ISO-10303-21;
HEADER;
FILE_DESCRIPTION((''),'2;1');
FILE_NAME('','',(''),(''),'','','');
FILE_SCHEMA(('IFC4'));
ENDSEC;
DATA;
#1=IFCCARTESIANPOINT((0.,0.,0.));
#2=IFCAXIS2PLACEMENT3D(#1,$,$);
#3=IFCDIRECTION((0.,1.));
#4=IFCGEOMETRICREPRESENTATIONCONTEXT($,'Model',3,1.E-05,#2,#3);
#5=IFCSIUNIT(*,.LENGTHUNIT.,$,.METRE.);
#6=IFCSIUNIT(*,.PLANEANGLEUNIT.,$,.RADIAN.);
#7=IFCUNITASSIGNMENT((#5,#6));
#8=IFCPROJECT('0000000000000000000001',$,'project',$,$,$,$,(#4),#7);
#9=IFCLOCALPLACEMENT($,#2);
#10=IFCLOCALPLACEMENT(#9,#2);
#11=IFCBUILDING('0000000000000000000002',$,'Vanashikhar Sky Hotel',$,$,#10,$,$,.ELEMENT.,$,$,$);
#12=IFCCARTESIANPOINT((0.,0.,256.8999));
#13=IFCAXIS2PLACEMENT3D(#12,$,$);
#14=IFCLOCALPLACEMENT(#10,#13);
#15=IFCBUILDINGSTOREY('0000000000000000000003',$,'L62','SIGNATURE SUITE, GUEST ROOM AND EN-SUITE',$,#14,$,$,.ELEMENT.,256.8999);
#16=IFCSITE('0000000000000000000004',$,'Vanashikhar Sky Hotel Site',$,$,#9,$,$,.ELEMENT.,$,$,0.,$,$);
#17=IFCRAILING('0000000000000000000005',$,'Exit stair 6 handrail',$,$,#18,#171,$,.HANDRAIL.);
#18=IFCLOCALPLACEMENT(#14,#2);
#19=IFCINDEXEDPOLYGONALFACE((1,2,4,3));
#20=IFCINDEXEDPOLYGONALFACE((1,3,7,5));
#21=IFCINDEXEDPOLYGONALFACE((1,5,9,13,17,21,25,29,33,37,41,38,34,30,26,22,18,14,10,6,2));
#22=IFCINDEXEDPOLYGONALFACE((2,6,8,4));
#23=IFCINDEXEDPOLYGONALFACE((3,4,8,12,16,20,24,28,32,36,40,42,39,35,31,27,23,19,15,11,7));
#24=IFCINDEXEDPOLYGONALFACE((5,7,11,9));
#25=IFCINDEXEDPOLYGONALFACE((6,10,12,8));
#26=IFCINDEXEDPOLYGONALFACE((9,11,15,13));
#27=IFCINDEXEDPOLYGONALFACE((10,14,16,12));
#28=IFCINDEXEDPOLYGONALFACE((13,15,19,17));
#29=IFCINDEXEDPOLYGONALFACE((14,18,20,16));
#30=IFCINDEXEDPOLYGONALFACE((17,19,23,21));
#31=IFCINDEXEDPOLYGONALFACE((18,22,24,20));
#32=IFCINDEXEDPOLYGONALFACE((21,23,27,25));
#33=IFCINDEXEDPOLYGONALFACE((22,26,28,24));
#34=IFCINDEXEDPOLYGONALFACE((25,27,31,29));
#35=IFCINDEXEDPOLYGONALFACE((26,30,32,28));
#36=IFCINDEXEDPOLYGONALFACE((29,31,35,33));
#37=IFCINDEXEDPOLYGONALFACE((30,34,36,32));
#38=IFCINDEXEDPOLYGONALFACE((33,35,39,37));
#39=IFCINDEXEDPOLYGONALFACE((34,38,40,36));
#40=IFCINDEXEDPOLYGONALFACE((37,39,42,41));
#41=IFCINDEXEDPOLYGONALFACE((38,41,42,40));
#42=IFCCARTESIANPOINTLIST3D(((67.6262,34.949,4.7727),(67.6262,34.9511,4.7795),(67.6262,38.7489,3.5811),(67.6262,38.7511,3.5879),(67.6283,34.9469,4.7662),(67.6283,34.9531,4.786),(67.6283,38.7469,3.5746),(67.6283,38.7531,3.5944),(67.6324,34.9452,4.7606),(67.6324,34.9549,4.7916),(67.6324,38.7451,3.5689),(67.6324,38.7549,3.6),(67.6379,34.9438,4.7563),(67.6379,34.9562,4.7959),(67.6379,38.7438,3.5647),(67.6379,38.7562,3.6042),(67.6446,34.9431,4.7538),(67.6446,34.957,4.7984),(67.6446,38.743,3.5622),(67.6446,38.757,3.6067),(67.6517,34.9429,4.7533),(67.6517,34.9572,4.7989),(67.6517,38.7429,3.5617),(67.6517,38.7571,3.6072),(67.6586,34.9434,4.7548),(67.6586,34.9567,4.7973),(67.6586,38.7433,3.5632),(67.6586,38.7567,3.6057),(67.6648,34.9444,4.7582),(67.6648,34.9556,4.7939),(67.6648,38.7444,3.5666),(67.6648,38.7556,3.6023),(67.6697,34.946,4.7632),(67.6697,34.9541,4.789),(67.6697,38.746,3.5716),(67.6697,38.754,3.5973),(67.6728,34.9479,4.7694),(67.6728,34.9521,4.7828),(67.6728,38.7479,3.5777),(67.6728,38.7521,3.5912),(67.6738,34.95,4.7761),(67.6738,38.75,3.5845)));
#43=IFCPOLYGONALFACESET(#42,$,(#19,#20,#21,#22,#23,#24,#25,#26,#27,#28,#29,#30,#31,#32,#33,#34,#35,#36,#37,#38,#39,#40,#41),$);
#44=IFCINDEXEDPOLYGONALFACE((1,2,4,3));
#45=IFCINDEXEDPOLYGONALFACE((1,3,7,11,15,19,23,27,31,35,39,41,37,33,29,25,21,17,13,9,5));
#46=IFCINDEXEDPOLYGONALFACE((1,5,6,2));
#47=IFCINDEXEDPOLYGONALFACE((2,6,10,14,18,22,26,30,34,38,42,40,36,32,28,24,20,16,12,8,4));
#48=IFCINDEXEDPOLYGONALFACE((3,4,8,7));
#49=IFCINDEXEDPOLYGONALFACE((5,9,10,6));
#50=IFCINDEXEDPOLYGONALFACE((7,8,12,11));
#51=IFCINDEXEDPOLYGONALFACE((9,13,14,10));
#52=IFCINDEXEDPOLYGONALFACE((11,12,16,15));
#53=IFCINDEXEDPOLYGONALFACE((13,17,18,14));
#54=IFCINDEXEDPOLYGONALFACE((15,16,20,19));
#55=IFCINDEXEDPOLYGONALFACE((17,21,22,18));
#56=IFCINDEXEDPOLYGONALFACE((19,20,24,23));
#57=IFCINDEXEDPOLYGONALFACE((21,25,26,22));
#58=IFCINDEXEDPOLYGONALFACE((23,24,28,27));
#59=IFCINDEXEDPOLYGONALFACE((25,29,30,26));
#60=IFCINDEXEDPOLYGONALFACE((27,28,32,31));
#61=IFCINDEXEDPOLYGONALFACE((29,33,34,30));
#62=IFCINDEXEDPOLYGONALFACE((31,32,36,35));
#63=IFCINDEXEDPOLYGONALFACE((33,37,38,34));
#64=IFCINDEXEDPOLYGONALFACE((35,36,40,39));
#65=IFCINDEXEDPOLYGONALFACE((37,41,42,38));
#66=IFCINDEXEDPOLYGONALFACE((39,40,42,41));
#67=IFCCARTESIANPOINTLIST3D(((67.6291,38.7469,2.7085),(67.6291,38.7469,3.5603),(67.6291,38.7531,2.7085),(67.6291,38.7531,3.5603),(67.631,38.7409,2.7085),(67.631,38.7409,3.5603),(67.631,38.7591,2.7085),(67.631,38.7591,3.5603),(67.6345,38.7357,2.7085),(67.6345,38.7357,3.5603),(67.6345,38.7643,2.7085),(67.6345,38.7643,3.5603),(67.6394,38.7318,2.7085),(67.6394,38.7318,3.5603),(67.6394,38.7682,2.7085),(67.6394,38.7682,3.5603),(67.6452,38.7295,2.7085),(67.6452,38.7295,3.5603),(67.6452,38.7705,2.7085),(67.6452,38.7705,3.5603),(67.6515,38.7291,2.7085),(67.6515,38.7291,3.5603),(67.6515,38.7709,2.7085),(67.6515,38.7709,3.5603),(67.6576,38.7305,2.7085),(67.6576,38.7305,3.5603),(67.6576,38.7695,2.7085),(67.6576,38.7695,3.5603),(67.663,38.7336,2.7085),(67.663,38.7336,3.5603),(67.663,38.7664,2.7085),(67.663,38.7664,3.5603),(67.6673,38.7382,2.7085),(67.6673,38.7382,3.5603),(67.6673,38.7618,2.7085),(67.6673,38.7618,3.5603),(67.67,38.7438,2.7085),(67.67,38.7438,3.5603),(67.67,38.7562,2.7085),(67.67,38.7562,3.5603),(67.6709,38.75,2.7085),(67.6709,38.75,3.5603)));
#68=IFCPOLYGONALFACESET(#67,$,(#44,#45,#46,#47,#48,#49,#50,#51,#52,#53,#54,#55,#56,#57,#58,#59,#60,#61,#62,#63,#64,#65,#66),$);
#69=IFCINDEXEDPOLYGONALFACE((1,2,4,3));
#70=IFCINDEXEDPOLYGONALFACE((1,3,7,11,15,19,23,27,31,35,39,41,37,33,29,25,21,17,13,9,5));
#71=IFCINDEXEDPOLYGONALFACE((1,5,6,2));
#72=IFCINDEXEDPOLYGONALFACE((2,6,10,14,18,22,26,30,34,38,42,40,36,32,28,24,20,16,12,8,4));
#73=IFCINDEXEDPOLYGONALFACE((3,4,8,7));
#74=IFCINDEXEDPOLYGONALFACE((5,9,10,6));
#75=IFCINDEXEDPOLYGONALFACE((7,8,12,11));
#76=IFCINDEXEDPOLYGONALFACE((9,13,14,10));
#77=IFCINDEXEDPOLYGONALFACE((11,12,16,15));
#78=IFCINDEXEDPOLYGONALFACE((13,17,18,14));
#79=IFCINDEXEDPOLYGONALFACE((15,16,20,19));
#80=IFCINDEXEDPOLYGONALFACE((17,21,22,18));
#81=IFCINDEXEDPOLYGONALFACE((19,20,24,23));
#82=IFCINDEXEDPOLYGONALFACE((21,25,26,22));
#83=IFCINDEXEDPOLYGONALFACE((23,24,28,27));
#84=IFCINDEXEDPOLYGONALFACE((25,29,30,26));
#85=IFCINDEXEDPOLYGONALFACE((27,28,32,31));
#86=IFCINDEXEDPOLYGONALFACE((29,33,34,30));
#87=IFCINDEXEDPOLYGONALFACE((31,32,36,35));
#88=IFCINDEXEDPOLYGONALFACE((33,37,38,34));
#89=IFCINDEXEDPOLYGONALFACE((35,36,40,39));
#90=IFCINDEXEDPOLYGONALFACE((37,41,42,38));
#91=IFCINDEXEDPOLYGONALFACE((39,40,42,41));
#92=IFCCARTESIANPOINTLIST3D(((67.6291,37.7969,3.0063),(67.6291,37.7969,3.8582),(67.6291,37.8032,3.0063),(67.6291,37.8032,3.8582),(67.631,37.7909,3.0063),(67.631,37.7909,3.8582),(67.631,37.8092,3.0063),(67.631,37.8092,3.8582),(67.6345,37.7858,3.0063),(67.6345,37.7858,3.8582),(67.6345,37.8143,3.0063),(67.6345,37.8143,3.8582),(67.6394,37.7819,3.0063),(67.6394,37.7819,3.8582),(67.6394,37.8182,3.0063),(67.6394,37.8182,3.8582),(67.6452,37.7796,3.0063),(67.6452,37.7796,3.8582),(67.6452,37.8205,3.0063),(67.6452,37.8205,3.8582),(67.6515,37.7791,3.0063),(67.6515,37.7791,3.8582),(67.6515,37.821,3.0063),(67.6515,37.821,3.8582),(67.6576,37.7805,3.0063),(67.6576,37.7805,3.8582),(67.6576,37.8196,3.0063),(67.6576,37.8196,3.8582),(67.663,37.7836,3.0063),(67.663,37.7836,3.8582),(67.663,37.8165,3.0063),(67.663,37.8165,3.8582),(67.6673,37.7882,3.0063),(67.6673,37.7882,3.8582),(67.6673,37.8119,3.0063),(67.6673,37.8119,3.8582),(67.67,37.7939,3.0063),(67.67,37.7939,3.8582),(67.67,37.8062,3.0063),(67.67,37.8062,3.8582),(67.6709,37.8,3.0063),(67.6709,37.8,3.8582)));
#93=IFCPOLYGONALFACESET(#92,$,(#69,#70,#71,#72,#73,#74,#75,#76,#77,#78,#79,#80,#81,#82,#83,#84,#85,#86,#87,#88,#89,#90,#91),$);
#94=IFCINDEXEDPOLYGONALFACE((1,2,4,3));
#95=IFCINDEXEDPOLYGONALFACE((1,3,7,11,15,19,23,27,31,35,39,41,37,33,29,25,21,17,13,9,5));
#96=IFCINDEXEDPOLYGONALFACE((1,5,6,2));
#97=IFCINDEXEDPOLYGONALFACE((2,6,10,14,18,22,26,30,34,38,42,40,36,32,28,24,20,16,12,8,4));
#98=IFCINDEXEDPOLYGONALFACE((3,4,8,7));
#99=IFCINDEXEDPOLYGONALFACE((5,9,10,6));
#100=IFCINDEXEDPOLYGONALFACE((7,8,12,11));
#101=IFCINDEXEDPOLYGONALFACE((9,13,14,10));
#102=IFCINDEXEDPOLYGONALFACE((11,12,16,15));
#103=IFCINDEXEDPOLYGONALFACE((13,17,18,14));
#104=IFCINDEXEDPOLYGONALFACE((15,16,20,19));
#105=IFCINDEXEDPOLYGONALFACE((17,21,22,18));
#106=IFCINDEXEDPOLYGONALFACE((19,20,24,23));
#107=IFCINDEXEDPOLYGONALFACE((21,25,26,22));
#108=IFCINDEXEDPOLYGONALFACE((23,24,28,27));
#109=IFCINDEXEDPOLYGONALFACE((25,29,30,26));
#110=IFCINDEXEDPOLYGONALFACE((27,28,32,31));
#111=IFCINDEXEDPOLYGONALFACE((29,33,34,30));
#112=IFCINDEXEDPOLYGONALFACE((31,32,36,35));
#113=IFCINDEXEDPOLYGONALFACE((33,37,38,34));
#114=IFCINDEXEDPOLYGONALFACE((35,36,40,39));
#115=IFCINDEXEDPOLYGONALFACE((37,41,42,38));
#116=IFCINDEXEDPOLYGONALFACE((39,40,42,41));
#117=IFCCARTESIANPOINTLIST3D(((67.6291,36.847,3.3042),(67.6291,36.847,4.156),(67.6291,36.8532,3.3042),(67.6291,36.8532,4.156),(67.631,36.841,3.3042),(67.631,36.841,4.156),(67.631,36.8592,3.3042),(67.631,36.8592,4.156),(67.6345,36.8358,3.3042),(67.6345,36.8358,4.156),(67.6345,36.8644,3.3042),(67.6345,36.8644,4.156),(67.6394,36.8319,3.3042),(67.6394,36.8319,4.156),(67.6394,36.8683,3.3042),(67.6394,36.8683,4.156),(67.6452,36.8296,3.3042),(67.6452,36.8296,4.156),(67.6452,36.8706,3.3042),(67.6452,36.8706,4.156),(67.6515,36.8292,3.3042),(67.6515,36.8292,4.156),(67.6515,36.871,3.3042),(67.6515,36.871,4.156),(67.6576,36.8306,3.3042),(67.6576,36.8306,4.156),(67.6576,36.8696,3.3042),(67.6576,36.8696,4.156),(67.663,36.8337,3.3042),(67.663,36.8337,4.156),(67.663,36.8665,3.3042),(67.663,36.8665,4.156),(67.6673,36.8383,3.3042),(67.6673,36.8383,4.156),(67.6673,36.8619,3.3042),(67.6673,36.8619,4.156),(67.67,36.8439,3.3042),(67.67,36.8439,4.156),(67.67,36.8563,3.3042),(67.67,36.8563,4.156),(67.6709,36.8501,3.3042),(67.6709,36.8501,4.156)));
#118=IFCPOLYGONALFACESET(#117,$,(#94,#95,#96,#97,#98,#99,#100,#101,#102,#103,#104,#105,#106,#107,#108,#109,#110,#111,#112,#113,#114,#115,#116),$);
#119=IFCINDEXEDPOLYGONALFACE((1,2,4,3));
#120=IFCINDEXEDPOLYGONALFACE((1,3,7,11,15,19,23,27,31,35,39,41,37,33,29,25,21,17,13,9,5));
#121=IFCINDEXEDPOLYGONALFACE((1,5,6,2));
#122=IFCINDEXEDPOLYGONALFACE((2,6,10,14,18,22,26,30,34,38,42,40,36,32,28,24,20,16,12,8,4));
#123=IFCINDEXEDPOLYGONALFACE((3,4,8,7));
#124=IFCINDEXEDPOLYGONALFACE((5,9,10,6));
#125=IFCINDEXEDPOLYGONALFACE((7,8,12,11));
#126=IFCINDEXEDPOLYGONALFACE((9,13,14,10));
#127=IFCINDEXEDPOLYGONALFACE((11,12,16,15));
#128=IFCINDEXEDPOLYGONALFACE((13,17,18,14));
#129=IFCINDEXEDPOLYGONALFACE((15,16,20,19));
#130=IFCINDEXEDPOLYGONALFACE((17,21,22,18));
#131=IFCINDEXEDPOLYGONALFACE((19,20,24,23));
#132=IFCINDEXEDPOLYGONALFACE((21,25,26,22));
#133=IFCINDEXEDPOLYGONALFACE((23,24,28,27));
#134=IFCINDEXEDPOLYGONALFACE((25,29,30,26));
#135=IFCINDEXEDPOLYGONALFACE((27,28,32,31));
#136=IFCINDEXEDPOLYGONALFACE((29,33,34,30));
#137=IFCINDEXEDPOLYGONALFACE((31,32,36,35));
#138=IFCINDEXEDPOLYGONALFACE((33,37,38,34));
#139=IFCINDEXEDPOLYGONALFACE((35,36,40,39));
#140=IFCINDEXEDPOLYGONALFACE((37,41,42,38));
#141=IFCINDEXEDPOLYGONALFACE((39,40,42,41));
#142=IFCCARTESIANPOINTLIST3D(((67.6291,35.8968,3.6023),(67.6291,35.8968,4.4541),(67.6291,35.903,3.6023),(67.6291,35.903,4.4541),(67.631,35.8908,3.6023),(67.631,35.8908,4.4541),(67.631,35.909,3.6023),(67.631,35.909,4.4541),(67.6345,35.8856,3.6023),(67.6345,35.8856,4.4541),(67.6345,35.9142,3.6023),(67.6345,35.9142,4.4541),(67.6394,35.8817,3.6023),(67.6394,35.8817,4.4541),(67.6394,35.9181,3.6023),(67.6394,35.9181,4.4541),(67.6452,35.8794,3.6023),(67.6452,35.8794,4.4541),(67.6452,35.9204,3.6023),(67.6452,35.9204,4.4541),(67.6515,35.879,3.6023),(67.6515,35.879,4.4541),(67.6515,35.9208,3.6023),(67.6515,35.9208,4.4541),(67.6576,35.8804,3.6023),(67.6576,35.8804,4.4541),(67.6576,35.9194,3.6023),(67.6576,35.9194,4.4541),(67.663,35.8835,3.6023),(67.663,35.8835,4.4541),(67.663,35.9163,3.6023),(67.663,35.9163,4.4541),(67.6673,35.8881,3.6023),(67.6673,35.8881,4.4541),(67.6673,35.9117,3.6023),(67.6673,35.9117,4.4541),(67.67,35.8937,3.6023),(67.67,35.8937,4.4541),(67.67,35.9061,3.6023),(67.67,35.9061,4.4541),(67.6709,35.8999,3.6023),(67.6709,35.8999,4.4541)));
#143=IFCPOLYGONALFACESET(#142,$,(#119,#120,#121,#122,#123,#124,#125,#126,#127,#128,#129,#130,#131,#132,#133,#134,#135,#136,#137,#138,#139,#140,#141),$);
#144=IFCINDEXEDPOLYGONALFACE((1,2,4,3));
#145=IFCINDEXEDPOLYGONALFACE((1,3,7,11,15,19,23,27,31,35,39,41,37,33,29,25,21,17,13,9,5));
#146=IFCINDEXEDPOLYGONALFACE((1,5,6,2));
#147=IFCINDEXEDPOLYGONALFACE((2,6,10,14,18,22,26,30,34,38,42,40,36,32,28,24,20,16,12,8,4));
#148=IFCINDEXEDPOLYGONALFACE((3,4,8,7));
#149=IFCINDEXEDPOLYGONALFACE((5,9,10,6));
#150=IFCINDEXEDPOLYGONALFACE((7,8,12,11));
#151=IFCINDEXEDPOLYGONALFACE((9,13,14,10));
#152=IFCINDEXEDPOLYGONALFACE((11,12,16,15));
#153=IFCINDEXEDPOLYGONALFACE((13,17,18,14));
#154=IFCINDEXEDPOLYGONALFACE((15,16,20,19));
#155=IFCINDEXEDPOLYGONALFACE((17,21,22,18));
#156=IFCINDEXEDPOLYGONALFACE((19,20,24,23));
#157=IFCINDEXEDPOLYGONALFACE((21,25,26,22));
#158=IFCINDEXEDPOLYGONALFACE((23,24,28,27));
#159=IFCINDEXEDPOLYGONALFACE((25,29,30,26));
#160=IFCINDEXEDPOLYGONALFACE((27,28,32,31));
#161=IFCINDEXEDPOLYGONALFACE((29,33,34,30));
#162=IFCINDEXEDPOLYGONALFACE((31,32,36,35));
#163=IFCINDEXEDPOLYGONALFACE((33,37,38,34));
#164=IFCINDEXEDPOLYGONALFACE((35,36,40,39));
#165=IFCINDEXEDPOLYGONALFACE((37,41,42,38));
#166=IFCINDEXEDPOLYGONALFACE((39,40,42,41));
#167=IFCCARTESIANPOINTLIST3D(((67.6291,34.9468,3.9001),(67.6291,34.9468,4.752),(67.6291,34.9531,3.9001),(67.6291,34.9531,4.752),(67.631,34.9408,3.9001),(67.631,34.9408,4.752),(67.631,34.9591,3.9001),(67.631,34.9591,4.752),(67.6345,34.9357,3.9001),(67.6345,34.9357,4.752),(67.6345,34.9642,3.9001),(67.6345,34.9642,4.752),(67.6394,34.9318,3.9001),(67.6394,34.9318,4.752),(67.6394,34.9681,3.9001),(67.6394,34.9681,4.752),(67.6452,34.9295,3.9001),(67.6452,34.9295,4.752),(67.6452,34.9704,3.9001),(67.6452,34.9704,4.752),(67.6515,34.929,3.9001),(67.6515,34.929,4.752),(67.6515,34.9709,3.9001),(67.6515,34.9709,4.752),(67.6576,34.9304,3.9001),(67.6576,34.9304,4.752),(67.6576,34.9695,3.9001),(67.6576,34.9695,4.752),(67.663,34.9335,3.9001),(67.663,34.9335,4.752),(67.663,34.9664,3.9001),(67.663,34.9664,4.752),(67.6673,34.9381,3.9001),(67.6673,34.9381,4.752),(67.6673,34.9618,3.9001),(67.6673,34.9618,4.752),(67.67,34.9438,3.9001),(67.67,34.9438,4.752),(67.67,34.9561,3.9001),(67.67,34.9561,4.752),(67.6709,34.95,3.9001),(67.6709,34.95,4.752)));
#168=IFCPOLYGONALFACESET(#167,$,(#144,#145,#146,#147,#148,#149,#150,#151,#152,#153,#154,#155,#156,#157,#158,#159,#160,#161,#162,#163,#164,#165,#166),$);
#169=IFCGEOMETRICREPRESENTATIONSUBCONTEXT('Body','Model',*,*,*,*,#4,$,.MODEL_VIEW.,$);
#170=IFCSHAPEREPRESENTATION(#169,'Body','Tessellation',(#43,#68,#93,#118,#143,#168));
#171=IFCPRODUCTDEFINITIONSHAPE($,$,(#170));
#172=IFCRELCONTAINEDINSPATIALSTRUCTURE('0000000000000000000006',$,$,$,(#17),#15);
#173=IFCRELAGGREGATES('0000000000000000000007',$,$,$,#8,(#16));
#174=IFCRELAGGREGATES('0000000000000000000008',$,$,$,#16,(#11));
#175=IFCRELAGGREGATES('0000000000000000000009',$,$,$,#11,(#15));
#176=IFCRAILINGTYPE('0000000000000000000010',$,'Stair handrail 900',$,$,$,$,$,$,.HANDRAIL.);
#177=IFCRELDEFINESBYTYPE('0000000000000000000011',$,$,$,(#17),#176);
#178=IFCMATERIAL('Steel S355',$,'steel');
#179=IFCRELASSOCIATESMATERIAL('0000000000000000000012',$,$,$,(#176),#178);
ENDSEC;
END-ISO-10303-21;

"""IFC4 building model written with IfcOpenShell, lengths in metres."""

from ifc_helpers import new_model, si_unit, direction, frame, origin, origin_2d, place, context, subcontext, project, spatial, circle, extrude, source, transform, mapped, material, type_object, element, save


model = new_model("IFC4")

# Units and contexts
model_context = context("Model", 3, precision=1e-05, world=origin(), true_north=direction((0.0, 1.0)))
body_context = subcontext(model_context, "Body", "Model", "MODEL_VIEW")
ifc_project = project(units=[si_unit("LENGTHUNIT", "METRE"), si_unit("PLANEANGLEUNIT", "RADIAN")], contexts=[model_context])

# Site, building, storey
site_placement = place(None, origin())
site = spatial("IfcSite", under=ifc_project, at=site_placement, Name="Vanashikhar Sky Hotel Site", CompositionType="ELEMENT", RefElevation=0.0)
building_placement = place(site_placement, origin())
building = spatial("IfcBuilding", under=site, at=building_placement, Name="Vanashikhar Sky Hotel", CompositionType="ELEMENT")
storey_placement = place(building_placement, frame((0.0, 0.0, 256.8999)))
storey = spatial("IfcBuildingStorey", under=building, at=storey_placement, Name="L62", Description="SIGNATURE SUITE, GUEST ROOM AND EN-SUITE", CompositionType="ELEMENT", Elevation=256.8999)

# Railing
ifc_material_1 = material(Name="Steel S355", Category="steel")
railing_type_1 = type_object("IfcRailingType", Name="Stair handrail 900", PredefinedType="HANDRAIL", material=ifc_material_1)
shared_shape_1 = source(origin(), body_context, "Body", "SweptSolid", [
    extrude(circle(Radius=0.0239, at=origin_2d()), frame((0.0, 0.0, 0.876), z_axis=(0.0, -0.954184, 0.299221), x_axis=(1.0, 0.0, 0.0)), (0.0, 0.0, 1.0), 3.9824),
    extrude(circle(Radius=0.021, at=origin_2d()), origin(), (0.0, 0.0, 1.0), 0.8518),
    extrude(circle(Radius=0.021, at=origin_2d()), frame((0.0, -0.95, 0.2979)), (0.0, 0.0, 1.0), 0.8518),
    extrude(circle(Radius=0.021, at=origin_2d()), frame((0.0, -1.8999, 0.5957)), (0.0, 0.0, 1.0), 0.8518),
    extrude(circle(Radius=0.021, at=origin_2d()), frame((0.0, -2.8501, 0.8938)), (0.0, 0.0, 1.0), 0.8518),
    extrude(circle(Radius=0.021, at=origin_2d()), frame((0.0, -3.8, 1.1917)), (0.0, 0.0, 1.0), 0.8518),
])
for number, where, name in (
    (1, (67.6499, 38.75, 2.7085), "Exit stair 6 handrail"),
):
    element("IfcRailing", number, at=place(storey_placement, frame(where)), inside=storey, type_object=railing_type_1, Name=name, PredefinedType="HANDRAIL", context=body_context, shape_type="MappedRepresentation", body=[
        mapped(shared_shape_1, transform((0.0, 0.0, 0.0), scale=1.0)),
    ])

save(model, "model.ifc")
